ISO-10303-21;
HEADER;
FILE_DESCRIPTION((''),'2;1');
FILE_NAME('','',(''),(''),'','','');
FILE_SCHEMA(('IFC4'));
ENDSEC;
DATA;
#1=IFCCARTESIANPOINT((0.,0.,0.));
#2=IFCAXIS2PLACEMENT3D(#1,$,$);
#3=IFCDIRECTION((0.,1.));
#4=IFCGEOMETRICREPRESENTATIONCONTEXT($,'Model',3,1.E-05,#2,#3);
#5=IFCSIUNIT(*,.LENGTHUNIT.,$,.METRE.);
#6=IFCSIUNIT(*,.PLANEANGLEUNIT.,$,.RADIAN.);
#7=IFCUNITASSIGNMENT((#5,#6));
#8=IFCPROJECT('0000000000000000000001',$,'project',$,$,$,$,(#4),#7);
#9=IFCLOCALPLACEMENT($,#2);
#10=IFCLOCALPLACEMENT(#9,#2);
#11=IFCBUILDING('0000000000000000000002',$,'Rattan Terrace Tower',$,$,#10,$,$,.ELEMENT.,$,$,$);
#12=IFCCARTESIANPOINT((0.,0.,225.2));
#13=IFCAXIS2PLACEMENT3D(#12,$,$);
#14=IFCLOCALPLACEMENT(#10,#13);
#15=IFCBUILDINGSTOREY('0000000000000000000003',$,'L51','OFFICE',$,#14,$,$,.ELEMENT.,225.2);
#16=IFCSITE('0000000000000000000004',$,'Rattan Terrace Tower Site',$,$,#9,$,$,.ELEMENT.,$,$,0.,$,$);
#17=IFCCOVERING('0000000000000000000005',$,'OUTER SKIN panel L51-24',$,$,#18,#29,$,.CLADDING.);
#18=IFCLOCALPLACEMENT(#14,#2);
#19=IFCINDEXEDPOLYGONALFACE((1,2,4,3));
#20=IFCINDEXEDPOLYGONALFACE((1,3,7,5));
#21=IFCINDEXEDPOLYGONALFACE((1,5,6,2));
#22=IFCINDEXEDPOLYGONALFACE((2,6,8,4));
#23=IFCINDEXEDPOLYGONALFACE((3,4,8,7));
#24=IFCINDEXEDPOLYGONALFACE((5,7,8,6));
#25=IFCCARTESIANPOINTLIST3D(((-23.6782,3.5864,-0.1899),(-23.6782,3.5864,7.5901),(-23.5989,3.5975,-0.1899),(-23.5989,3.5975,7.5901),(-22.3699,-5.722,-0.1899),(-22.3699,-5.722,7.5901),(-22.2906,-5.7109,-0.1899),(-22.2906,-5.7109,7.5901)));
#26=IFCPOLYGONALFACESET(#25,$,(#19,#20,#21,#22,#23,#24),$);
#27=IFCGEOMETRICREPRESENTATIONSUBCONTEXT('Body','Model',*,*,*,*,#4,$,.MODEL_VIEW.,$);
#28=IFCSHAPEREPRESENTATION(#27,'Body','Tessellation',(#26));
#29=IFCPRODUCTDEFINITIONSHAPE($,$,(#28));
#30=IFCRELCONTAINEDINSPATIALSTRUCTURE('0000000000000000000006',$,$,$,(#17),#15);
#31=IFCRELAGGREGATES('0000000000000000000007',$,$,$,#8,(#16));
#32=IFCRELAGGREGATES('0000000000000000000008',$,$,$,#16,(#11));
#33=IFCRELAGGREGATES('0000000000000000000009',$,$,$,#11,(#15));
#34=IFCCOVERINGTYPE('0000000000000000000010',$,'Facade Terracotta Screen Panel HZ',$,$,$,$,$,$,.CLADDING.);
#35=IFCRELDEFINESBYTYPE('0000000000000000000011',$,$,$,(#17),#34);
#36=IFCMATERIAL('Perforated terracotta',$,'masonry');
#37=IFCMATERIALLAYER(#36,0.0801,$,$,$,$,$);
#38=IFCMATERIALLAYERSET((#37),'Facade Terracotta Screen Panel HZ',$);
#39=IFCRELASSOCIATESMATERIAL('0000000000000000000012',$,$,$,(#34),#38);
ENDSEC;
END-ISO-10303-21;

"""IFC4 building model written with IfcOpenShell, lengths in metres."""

from ifc_helpers import new_model, si_unit, direction, frame, origin, origin_2d, place, context, subcontext, project, spatial, rectangle, extrude, material, layer, layer_set, type_object, element, save


model = new_model("IFC4")

# Units and contexts
model_context = context("Model", 3, precision=1e-05, world=origin(), true_north=direction((0.0, 1.0)))
body_context = subcontext(model_context, "Body", "Model", "MODEL_VIEW")
ifc_project = project(units=[si_unit("LENGTHUNIT", "METRE"), si_unit("PLANEANGLEUNIT", "RADIAN")], contexts=[model_context])

# Site, building, storey
site_placement = place(None, origin())
site = spatial("IfcSite", under=ifc_project, at=site_placement, Name="Rattan Terrace Tower Site", CompositionType="ELEMENT", RefElevation=0.0)
building_placement = place(site_placement, origin())
building = spatial("IfcBuilding", under=site, at=building_placement, Name="Rattan Terrace Tower", CompositionType="ELEMENT")
storey_placement = place(building_placement, frame((0.0, 0.0, 225.2)))
storey = spatial("IfcBuildingStorey", under=building, at=storey_placement, Name="L51", Description="OFFICE", CompositionType="ELEMENT", Elevation=225.2)

# Covering
ifc_material_1 = material(Name="Perforated terracotta", Category="masonry")
ifc_layer_1 = layer(ifc_material_1, 0.0801)
ifc_layer_set_1 = layer_set([ifc_layer_1], Name="Facade Terracotta Screen Panel HZ")
covering_type = type_object("IfcCoveringType", Name="Facade Terracotta Screen Panel HZ", PredefinedType="CLADDING", material=ifc_layer_set_1)
covering_1_placement = place(storey_placement, frame((-22.9844, -1.0623, -0.1899), z_axis=(0.0, 0.0, 1.0), x_axis=(0.139186, -0.990266, 0.0)))
element("IfcCovering", 1, at=covering_1_placement, inside=storey, type_object=covering_type, Name="OUTER SKIN panel L51-24", PredefinedType="CLADDING", context=body_context, shape_type="SweptSolid", body=[
    extrude(rectangle(XDim=9.3999, YDim=0.0801, at=origin_2d()), origin(), (0.0, 0.0, 1.0), 7.78),
])

save(model, "model.ifc")
